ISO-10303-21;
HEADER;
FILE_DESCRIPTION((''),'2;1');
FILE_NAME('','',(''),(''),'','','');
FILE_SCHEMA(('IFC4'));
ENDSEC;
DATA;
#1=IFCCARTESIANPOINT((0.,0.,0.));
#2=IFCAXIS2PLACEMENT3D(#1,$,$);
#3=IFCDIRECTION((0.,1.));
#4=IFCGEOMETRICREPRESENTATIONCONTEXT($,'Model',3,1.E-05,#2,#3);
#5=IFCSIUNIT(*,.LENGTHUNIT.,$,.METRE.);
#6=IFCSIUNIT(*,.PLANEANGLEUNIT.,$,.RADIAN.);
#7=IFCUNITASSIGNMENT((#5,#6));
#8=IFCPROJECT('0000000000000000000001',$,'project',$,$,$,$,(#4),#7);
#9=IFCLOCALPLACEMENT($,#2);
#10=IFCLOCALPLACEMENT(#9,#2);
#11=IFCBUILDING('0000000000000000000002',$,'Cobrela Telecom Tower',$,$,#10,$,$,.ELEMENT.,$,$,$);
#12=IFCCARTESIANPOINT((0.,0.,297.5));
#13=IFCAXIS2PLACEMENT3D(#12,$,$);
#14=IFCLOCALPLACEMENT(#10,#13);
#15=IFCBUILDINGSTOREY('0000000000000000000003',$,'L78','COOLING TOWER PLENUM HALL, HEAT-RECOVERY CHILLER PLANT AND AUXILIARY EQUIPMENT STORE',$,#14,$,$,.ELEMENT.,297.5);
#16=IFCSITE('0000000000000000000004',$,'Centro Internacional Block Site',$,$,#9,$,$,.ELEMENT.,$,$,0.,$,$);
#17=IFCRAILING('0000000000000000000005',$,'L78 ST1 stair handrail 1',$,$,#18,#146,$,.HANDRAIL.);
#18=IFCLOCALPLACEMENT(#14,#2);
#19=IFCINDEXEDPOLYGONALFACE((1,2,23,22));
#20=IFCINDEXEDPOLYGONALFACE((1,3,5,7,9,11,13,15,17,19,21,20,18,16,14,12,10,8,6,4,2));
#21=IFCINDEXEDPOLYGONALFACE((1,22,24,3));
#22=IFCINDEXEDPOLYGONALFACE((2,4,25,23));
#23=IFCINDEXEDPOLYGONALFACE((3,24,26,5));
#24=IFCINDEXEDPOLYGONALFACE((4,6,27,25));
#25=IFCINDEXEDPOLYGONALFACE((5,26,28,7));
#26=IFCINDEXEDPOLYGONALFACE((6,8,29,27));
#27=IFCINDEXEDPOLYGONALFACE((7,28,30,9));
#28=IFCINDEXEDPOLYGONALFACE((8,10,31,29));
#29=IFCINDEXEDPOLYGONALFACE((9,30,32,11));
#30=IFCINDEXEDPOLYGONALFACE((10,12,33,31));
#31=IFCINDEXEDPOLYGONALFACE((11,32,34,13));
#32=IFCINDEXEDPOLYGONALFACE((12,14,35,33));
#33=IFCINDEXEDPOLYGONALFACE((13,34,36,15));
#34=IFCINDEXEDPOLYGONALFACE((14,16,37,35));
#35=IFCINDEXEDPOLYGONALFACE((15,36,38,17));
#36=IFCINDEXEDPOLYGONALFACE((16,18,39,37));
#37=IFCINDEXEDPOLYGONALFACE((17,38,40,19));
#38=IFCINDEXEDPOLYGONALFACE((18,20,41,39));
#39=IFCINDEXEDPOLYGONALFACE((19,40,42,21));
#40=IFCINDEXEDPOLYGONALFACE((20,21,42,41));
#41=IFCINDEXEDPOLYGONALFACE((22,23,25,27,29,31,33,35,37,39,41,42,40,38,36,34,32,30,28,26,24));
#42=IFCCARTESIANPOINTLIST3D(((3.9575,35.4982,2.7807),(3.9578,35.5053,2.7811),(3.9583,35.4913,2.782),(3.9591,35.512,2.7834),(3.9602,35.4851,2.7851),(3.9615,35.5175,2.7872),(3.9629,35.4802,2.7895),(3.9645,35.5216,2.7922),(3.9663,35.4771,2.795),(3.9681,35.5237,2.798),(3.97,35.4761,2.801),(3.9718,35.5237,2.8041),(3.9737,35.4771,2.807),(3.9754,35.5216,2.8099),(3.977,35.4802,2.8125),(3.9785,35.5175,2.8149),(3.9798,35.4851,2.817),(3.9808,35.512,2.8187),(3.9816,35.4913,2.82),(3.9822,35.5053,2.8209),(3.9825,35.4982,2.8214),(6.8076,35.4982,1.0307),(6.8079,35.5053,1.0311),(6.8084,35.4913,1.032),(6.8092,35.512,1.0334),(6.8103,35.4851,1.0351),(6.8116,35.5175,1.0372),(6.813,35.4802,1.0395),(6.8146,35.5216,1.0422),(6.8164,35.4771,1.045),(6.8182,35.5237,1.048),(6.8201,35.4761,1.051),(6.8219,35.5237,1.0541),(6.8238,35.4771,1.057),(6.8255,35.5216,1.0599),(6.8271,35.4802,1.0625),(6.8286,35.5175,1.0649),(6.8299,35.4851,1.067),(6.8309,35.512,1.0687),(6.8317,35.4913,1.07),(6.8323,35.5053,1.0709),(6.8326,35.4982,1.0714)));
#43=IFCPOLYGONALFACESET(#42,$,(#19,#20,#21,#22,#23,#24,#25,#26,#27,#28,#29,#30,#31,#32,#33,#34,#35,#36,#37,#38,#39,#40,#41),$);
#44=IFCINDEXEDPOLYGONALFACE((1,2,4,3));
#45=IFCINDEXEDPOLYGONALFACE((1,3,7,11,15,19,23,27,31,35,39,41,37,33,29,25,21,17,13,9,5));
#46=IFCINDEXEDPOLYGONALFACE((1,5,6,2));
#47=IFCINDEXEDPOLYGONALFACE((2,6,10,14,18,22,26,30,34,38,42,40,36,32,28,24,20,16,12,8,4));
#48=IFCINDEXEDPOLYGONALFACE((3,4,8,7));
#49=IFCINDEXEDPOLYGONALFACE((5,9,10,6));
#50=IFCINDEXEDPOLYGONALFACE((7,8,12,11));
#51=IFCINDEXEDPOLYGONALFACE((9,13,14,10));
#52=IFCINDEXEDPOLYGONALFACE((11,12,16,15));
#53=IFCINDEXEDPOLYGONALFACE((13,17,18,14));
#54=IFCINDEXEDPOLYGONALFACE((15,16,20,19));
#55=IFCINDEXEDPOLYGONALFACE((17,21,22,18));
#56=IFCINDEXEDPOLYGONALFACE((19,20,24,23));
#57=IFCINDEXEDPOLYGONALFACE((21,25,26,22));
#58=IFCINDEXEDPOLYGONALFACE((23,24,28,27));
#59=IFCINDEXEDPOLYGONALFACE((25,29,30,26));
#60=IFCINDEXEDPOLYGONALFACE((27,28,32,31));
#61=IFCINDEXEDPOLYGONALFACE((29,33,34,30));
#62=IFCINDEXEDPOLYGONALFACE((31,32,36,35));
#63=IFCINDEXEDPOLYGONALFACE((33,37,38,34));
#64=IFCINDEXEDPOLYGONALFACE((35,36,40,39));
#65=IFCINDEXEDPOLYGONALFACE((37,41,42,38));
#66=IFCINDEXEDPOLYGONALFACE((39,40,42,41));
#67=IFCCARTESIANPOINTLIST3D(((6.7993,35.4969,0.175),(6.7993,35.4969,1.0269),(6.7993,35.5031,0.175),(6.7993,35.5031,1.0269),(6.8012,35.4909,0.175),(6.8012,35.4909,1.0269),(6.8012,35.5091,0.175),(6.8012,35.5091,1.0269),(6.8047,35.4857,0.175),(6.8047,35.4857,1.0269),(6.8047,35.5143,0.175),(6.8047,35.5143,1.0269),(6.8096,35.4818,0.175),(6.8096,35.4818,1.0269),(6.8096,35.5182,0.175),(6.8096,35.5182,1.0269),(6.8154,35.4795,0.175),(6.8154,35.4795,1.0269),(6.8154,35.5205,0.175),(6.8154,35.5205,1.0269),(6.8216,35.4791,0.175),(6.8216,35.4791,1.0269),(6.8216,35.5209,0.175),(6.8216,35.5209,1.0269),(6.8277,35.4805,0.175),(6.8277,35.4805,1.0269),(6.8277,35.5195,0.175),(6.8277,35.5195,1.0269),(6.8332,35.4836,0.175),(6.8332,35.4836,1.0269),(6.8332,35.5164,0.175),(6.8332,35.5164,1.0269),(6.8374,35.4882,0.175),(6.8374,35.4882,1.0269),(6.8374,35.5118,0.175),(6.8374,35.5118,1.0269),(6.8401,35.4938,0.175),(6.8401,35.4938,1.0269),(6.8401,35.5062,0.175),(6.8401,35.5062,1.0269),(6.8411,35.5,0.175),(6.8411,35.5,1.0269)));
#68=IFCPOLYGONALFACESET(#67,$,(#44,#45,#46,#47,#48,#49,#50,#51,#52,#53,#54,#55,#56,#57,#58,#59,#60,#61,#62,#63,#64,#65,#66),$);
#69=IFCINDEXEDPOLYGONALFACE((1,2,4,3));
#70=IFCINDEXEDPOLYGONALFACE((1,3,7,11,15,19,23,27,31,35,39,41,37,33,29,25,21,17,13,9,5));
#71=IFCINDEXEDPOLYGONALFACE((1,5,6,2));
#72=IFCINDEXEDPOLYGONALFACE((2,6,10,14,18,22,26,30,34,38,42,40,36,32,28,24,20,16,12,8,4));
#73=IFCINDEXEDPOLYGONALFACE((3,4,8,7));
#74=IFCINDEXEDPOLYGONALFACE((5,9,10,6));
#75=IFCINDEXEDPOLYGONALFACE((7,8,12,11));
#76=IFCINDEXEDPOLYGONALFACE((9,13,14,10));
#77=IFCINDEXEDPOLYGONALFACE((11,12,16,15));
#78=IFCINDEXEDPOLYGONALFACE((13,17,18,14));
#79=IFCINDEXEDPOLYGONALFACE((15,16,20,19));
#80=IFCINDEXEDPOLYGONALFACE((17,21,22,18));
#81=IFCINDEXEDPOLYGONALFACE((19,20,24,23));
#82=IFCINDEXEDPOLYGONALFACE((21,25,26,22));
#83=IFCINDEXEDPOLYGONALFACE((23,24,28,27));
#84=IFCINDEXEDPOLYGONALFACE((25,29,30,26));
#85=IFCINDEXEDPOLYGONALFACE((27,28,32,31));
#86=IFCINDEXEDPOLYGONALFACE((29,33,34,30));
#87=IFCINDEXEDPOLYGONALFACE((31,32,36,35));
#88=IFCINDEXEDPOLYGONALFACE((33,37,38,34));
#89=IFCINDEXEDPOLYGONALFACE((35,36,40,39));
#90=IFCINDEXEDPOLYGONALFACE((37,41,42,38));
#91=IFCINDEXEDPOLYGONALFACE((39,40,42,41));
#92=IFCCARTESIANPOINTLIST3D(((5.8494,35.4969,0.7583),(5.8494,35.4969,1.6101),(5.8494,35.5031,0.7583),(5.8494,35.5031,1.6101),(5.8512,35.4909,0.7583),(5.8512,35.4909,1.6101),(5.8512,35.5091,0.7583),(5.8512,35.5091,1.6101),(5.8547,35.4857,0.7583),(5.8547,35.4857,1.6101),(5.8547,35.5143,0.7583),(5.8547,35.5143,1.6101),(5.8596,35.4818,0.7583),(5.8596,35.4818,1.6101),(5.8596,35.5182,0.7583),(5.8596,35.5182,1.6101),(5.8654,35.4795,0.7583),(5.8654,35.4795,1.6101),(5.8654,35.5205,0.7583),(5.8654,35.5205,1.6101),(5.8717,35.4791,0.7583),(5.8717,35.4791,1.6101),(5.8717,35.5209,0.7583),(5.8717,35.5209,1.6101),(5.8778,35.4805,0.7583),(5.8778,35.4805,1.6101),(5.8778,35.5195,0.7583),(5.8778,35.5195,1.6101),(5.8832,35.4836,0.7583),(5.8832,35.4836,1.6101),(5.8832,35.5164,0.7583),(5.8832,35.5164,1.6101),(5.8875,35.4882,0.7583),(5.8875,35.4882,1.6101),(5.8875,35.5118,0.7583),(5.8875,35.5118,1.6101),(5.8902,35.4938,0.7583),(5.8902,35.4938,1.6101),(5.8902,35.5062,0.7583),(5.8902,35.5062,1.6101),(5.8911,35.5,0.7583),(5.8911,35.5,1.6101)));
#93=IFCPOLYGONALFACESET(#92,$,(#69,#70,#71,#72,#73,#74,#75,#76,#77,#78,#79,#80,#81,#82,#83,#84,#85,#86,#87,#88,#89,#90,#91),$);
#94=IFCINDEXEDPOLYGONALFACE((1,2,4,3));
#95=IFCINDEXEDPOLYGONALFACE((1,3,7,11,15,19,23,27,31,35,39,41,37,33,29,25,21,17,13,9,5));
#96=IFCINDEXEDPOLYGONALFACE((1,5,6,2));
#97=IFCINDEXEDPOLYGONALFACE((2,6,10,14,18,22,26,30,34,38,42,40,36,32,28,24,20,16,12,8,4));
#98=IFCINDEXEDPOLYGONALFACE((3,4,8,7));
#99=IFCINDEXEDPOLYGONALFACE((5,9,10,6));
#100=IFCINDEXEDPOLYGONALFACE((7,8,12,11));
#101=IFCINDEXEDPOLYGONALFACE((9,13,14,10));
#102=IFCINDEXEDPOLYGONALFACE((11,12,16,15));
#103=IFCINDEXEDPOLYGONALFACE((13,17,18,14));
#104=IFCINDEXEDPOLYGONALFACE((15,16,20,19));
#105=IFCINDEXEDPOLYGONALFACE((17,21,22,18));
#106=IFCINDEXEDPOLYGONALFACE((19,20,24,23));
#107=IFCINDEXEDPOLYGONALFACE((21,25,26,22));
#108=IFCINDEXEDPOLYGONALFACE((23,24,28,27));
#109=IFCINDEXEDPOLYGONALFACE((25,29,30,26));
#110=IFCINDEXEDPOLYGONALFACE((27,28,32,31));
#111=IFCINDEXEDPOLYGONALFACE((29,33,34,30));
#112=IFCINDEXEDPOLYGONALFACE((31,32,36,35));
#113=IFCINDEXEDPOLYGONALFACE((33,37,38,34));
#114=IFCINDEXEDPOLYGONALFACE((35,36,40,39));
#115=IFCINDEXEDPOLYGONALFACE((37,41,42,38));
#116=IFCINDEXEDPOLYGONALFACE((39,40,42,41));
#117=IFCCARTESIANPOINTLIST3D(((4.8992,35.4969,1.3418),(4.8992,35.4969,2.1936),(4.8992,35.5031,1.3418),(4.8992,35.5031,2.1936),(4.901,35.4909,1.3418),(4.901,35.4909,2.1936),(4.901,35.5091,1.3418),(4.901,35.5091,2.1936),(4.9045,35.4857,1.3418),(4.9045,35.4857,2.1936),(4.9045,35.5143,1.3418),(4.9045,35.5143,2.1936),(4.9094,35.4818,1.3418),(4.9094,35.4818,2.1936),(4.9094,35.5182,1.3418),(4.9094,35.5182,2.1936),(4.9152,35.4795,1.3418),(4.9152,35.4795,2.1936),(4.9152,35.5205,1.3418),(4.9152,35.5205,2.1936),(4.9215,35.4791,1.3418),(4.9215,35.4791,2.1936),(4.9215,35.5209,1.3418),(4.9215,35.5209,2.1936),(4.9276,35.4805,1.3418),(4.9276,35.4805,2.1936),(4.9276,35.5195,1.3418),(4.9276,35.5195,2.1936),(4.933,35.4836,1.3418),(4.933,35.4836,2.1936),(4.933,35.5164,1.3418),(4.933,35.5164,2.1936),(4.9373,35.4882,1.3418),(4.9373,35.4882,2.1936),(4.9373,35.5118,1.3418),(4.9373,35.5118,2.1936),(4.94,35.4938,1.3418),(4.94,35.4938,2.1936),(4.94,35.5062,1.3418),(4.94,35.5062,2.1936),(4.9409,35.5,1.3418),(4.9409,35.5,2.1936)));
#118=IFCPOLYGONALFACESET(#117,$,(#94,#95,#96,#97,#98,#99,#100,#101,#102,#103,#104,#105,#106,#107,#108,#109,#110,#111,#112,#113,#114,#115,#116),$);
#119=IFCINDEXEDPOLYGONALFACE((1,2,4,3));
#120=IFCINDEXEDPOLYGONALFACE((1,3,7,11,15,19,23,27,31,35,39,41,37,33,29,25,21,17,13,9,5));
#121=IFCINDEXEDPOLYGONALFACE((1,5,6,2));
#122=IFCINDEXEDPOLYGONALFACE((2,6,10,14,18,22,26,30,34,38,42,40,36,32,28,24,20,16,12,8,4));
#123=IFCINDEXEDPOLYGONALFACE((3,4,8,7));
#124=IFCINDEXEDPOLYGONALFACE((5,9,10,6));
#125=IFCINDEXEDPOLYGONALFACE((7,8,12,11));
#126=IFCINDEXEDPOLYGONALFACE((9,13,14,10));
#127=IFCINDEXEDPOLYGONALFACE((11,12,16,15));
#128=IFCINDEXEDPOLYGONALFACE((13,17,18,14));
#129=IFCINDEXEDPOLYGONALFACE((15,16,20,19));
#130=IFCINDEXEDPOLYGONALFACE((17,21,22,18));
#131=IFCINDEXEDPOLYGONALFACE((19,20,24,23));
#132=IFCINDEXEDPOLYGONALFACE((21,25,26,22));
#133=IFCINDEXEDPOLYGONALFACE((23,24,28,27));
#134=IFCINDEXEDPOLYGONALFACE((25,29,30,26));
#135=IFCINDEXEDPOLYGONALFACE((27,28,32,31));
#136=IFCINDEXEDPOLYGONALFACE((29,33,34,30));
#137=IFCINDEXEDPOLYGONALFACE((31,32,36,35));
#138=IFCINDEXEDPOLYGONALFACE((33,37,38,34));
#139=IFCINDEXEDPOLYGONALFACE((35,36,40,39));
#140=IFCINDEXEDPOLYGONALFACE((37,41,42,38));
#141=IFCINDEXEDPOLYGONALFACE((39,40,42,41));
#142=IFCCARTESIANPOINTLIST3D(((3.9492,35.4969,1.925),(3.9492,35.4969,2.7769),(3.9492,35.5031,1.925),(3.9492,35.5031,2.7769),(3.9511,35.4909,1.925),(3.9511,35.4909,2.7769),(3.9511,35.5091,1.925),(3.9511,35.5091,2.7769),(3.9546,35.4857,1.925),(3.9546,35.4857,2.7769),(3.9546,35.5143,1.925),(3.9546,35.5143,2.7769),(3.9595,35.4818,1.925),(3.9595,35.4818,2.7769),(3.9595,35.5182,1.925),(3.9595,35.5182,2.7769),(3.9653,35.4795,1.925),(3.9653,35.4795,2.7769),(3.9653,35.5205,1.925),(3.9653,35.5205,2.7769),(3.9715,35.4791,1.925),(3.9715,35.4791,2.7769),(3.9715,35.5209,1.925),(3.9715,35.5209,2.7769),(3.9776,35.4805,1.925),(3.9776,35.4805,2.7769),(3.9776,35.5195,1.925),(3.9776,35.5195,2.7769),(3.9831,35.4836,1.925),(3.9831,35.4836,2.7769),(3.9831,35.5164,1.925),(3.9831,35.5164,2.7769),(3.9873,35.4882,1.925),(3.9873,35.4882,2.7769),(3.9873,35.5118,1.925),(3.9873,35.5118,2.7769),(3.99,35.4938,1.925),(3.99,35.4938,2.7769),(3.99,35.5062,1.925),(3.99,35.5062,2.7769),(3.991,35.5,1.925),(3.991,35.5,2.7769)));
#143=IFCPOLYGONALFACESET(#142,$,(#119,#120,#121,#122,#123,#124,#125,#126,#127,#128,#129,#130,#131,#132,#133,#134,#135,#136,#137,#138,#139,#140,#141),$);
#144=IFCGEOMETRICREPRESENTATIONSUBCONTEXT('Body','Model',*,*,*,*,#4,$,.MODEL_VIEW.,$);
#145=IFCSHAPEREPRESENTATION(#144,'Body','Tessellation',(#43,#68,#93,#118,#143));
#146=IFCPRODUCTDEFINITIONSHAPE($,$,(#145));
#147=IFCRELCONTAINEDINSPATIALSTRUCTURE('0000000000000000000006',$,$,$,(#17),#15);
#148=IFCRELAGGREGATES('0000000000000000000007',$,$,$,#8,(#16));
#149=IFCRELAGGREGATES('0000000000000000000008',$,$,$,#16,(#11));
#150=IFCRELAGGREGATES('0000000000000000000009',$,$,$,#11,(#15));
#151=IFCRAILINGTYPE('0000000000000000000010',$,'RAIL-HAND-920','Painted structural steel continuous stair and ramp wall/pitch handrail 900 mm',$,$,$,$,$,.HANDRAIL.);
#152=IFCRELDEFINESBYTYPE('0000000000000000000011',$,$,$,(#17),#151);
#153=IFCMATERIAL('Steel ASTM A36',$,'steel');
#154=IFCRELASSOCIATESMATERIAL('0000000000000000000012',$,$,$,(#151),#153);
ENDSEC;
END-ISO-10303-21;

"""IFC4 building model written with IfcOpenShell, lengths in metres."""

from ifc_helpers import new_model, si_unit, direction, frame, origin, origin_2d, place, context, subcontext, project, spatial, circle, extrude, material, type_object, element, save


model = new_model("IFC4")

# Units and contexts
model_context = context("Model", 3, precision=1e-05, world=origin(), true_north=direction((0.0, 1.0)))
body_context = subcontext(model_context, "Body", "Model", "MODEL_VIEW")
ifc_project = project(units=[si_unit("LENGTHUNIT", "METRE"), si_unit("PLANEANGLEUNIT", "RADIAN")], contexts=[model_context])

# Site, building, storey
site_placement = place(None, origin())
site = spatial("IfcSite", under=ifc_project, at=site_placement, Name="Centro Internacional Block Site", CompositionType="ELEMENT", RefElevation=0.0)
building_placement = place(site_placement, origin())
building = spatial("IfcBuilding", under=site, at=building_placement, Name="Cobrela Telecom Tower", CompositionType="ELEMENT")
storey_placement = place(building_placement, frame((0.0, 0.0, 297.5)))
storey = spatial("IfcBuildingStorey", under=building, at=storey_placement, Name="L78", Description="COOLING TOWER PLENUM HALL, HEAT-RECOVERY CHILLER PLANT AND AUXILIARY EQUIPMENT STORE", CompositionType="ELEMENT", Elevation=297.5)

# Shared definitions
ifc_material_1 = material(Name="Steel ASTM A36", Category="steel")

# Railing
railing_type_1 = type_object("IfcRailingType", Name="RAIL-HAND-920", Description="Painted structural steel continuous stair and ramp wall/pitch handrail 900 mm", PredefinedType="HANDRAIL", material=ifc_material_1)
railing_1_placement = place(storey_placement, frame((6.8201, 35.5, 0.175)))
element("IfcRailing", 1, at=railing_1_placement, inside=storey, type_object=railing_type_1, Name="L78 ST1 stair handrail 1", PredefinedType="HANDRAIL", context=body_context, shape_type="SweptSolid", body=[
    extrude(circle(Radius=0.0239, at=origin_2d()), frame((0.0, 0.0, 0.876), z_axis=(-0.852179, 0.0, 0.52325), x_axis=(0.0, -1.0, 0.0)), (0.0, 0.0, 1.0), 3.3445),
    extrude(circle(Radius=0.021, at=origin_2d()), origin(), (0.0, 0.0, 1.0), 0.8518),
    extrude(circle(Radius=0.021, at=origin_2d()), frame((-0.95, 0.0, 0.5833)), (0.0, 0.0, 1.0), 0.8518),
    extrude(circle(Radius=0.021, at=origin_2d()), frame((-1.9001, 0.0, 1.1667)), (0.0, 0.0, 1.0), 0.8518),
    extrude(circle(Radius=0.021, at=origin_2d()), frame((-2.8501, 0.0, 1.75)), (0.0, 0.0, 1.0), 0.8518),
])

save(model, "model.ifc")
